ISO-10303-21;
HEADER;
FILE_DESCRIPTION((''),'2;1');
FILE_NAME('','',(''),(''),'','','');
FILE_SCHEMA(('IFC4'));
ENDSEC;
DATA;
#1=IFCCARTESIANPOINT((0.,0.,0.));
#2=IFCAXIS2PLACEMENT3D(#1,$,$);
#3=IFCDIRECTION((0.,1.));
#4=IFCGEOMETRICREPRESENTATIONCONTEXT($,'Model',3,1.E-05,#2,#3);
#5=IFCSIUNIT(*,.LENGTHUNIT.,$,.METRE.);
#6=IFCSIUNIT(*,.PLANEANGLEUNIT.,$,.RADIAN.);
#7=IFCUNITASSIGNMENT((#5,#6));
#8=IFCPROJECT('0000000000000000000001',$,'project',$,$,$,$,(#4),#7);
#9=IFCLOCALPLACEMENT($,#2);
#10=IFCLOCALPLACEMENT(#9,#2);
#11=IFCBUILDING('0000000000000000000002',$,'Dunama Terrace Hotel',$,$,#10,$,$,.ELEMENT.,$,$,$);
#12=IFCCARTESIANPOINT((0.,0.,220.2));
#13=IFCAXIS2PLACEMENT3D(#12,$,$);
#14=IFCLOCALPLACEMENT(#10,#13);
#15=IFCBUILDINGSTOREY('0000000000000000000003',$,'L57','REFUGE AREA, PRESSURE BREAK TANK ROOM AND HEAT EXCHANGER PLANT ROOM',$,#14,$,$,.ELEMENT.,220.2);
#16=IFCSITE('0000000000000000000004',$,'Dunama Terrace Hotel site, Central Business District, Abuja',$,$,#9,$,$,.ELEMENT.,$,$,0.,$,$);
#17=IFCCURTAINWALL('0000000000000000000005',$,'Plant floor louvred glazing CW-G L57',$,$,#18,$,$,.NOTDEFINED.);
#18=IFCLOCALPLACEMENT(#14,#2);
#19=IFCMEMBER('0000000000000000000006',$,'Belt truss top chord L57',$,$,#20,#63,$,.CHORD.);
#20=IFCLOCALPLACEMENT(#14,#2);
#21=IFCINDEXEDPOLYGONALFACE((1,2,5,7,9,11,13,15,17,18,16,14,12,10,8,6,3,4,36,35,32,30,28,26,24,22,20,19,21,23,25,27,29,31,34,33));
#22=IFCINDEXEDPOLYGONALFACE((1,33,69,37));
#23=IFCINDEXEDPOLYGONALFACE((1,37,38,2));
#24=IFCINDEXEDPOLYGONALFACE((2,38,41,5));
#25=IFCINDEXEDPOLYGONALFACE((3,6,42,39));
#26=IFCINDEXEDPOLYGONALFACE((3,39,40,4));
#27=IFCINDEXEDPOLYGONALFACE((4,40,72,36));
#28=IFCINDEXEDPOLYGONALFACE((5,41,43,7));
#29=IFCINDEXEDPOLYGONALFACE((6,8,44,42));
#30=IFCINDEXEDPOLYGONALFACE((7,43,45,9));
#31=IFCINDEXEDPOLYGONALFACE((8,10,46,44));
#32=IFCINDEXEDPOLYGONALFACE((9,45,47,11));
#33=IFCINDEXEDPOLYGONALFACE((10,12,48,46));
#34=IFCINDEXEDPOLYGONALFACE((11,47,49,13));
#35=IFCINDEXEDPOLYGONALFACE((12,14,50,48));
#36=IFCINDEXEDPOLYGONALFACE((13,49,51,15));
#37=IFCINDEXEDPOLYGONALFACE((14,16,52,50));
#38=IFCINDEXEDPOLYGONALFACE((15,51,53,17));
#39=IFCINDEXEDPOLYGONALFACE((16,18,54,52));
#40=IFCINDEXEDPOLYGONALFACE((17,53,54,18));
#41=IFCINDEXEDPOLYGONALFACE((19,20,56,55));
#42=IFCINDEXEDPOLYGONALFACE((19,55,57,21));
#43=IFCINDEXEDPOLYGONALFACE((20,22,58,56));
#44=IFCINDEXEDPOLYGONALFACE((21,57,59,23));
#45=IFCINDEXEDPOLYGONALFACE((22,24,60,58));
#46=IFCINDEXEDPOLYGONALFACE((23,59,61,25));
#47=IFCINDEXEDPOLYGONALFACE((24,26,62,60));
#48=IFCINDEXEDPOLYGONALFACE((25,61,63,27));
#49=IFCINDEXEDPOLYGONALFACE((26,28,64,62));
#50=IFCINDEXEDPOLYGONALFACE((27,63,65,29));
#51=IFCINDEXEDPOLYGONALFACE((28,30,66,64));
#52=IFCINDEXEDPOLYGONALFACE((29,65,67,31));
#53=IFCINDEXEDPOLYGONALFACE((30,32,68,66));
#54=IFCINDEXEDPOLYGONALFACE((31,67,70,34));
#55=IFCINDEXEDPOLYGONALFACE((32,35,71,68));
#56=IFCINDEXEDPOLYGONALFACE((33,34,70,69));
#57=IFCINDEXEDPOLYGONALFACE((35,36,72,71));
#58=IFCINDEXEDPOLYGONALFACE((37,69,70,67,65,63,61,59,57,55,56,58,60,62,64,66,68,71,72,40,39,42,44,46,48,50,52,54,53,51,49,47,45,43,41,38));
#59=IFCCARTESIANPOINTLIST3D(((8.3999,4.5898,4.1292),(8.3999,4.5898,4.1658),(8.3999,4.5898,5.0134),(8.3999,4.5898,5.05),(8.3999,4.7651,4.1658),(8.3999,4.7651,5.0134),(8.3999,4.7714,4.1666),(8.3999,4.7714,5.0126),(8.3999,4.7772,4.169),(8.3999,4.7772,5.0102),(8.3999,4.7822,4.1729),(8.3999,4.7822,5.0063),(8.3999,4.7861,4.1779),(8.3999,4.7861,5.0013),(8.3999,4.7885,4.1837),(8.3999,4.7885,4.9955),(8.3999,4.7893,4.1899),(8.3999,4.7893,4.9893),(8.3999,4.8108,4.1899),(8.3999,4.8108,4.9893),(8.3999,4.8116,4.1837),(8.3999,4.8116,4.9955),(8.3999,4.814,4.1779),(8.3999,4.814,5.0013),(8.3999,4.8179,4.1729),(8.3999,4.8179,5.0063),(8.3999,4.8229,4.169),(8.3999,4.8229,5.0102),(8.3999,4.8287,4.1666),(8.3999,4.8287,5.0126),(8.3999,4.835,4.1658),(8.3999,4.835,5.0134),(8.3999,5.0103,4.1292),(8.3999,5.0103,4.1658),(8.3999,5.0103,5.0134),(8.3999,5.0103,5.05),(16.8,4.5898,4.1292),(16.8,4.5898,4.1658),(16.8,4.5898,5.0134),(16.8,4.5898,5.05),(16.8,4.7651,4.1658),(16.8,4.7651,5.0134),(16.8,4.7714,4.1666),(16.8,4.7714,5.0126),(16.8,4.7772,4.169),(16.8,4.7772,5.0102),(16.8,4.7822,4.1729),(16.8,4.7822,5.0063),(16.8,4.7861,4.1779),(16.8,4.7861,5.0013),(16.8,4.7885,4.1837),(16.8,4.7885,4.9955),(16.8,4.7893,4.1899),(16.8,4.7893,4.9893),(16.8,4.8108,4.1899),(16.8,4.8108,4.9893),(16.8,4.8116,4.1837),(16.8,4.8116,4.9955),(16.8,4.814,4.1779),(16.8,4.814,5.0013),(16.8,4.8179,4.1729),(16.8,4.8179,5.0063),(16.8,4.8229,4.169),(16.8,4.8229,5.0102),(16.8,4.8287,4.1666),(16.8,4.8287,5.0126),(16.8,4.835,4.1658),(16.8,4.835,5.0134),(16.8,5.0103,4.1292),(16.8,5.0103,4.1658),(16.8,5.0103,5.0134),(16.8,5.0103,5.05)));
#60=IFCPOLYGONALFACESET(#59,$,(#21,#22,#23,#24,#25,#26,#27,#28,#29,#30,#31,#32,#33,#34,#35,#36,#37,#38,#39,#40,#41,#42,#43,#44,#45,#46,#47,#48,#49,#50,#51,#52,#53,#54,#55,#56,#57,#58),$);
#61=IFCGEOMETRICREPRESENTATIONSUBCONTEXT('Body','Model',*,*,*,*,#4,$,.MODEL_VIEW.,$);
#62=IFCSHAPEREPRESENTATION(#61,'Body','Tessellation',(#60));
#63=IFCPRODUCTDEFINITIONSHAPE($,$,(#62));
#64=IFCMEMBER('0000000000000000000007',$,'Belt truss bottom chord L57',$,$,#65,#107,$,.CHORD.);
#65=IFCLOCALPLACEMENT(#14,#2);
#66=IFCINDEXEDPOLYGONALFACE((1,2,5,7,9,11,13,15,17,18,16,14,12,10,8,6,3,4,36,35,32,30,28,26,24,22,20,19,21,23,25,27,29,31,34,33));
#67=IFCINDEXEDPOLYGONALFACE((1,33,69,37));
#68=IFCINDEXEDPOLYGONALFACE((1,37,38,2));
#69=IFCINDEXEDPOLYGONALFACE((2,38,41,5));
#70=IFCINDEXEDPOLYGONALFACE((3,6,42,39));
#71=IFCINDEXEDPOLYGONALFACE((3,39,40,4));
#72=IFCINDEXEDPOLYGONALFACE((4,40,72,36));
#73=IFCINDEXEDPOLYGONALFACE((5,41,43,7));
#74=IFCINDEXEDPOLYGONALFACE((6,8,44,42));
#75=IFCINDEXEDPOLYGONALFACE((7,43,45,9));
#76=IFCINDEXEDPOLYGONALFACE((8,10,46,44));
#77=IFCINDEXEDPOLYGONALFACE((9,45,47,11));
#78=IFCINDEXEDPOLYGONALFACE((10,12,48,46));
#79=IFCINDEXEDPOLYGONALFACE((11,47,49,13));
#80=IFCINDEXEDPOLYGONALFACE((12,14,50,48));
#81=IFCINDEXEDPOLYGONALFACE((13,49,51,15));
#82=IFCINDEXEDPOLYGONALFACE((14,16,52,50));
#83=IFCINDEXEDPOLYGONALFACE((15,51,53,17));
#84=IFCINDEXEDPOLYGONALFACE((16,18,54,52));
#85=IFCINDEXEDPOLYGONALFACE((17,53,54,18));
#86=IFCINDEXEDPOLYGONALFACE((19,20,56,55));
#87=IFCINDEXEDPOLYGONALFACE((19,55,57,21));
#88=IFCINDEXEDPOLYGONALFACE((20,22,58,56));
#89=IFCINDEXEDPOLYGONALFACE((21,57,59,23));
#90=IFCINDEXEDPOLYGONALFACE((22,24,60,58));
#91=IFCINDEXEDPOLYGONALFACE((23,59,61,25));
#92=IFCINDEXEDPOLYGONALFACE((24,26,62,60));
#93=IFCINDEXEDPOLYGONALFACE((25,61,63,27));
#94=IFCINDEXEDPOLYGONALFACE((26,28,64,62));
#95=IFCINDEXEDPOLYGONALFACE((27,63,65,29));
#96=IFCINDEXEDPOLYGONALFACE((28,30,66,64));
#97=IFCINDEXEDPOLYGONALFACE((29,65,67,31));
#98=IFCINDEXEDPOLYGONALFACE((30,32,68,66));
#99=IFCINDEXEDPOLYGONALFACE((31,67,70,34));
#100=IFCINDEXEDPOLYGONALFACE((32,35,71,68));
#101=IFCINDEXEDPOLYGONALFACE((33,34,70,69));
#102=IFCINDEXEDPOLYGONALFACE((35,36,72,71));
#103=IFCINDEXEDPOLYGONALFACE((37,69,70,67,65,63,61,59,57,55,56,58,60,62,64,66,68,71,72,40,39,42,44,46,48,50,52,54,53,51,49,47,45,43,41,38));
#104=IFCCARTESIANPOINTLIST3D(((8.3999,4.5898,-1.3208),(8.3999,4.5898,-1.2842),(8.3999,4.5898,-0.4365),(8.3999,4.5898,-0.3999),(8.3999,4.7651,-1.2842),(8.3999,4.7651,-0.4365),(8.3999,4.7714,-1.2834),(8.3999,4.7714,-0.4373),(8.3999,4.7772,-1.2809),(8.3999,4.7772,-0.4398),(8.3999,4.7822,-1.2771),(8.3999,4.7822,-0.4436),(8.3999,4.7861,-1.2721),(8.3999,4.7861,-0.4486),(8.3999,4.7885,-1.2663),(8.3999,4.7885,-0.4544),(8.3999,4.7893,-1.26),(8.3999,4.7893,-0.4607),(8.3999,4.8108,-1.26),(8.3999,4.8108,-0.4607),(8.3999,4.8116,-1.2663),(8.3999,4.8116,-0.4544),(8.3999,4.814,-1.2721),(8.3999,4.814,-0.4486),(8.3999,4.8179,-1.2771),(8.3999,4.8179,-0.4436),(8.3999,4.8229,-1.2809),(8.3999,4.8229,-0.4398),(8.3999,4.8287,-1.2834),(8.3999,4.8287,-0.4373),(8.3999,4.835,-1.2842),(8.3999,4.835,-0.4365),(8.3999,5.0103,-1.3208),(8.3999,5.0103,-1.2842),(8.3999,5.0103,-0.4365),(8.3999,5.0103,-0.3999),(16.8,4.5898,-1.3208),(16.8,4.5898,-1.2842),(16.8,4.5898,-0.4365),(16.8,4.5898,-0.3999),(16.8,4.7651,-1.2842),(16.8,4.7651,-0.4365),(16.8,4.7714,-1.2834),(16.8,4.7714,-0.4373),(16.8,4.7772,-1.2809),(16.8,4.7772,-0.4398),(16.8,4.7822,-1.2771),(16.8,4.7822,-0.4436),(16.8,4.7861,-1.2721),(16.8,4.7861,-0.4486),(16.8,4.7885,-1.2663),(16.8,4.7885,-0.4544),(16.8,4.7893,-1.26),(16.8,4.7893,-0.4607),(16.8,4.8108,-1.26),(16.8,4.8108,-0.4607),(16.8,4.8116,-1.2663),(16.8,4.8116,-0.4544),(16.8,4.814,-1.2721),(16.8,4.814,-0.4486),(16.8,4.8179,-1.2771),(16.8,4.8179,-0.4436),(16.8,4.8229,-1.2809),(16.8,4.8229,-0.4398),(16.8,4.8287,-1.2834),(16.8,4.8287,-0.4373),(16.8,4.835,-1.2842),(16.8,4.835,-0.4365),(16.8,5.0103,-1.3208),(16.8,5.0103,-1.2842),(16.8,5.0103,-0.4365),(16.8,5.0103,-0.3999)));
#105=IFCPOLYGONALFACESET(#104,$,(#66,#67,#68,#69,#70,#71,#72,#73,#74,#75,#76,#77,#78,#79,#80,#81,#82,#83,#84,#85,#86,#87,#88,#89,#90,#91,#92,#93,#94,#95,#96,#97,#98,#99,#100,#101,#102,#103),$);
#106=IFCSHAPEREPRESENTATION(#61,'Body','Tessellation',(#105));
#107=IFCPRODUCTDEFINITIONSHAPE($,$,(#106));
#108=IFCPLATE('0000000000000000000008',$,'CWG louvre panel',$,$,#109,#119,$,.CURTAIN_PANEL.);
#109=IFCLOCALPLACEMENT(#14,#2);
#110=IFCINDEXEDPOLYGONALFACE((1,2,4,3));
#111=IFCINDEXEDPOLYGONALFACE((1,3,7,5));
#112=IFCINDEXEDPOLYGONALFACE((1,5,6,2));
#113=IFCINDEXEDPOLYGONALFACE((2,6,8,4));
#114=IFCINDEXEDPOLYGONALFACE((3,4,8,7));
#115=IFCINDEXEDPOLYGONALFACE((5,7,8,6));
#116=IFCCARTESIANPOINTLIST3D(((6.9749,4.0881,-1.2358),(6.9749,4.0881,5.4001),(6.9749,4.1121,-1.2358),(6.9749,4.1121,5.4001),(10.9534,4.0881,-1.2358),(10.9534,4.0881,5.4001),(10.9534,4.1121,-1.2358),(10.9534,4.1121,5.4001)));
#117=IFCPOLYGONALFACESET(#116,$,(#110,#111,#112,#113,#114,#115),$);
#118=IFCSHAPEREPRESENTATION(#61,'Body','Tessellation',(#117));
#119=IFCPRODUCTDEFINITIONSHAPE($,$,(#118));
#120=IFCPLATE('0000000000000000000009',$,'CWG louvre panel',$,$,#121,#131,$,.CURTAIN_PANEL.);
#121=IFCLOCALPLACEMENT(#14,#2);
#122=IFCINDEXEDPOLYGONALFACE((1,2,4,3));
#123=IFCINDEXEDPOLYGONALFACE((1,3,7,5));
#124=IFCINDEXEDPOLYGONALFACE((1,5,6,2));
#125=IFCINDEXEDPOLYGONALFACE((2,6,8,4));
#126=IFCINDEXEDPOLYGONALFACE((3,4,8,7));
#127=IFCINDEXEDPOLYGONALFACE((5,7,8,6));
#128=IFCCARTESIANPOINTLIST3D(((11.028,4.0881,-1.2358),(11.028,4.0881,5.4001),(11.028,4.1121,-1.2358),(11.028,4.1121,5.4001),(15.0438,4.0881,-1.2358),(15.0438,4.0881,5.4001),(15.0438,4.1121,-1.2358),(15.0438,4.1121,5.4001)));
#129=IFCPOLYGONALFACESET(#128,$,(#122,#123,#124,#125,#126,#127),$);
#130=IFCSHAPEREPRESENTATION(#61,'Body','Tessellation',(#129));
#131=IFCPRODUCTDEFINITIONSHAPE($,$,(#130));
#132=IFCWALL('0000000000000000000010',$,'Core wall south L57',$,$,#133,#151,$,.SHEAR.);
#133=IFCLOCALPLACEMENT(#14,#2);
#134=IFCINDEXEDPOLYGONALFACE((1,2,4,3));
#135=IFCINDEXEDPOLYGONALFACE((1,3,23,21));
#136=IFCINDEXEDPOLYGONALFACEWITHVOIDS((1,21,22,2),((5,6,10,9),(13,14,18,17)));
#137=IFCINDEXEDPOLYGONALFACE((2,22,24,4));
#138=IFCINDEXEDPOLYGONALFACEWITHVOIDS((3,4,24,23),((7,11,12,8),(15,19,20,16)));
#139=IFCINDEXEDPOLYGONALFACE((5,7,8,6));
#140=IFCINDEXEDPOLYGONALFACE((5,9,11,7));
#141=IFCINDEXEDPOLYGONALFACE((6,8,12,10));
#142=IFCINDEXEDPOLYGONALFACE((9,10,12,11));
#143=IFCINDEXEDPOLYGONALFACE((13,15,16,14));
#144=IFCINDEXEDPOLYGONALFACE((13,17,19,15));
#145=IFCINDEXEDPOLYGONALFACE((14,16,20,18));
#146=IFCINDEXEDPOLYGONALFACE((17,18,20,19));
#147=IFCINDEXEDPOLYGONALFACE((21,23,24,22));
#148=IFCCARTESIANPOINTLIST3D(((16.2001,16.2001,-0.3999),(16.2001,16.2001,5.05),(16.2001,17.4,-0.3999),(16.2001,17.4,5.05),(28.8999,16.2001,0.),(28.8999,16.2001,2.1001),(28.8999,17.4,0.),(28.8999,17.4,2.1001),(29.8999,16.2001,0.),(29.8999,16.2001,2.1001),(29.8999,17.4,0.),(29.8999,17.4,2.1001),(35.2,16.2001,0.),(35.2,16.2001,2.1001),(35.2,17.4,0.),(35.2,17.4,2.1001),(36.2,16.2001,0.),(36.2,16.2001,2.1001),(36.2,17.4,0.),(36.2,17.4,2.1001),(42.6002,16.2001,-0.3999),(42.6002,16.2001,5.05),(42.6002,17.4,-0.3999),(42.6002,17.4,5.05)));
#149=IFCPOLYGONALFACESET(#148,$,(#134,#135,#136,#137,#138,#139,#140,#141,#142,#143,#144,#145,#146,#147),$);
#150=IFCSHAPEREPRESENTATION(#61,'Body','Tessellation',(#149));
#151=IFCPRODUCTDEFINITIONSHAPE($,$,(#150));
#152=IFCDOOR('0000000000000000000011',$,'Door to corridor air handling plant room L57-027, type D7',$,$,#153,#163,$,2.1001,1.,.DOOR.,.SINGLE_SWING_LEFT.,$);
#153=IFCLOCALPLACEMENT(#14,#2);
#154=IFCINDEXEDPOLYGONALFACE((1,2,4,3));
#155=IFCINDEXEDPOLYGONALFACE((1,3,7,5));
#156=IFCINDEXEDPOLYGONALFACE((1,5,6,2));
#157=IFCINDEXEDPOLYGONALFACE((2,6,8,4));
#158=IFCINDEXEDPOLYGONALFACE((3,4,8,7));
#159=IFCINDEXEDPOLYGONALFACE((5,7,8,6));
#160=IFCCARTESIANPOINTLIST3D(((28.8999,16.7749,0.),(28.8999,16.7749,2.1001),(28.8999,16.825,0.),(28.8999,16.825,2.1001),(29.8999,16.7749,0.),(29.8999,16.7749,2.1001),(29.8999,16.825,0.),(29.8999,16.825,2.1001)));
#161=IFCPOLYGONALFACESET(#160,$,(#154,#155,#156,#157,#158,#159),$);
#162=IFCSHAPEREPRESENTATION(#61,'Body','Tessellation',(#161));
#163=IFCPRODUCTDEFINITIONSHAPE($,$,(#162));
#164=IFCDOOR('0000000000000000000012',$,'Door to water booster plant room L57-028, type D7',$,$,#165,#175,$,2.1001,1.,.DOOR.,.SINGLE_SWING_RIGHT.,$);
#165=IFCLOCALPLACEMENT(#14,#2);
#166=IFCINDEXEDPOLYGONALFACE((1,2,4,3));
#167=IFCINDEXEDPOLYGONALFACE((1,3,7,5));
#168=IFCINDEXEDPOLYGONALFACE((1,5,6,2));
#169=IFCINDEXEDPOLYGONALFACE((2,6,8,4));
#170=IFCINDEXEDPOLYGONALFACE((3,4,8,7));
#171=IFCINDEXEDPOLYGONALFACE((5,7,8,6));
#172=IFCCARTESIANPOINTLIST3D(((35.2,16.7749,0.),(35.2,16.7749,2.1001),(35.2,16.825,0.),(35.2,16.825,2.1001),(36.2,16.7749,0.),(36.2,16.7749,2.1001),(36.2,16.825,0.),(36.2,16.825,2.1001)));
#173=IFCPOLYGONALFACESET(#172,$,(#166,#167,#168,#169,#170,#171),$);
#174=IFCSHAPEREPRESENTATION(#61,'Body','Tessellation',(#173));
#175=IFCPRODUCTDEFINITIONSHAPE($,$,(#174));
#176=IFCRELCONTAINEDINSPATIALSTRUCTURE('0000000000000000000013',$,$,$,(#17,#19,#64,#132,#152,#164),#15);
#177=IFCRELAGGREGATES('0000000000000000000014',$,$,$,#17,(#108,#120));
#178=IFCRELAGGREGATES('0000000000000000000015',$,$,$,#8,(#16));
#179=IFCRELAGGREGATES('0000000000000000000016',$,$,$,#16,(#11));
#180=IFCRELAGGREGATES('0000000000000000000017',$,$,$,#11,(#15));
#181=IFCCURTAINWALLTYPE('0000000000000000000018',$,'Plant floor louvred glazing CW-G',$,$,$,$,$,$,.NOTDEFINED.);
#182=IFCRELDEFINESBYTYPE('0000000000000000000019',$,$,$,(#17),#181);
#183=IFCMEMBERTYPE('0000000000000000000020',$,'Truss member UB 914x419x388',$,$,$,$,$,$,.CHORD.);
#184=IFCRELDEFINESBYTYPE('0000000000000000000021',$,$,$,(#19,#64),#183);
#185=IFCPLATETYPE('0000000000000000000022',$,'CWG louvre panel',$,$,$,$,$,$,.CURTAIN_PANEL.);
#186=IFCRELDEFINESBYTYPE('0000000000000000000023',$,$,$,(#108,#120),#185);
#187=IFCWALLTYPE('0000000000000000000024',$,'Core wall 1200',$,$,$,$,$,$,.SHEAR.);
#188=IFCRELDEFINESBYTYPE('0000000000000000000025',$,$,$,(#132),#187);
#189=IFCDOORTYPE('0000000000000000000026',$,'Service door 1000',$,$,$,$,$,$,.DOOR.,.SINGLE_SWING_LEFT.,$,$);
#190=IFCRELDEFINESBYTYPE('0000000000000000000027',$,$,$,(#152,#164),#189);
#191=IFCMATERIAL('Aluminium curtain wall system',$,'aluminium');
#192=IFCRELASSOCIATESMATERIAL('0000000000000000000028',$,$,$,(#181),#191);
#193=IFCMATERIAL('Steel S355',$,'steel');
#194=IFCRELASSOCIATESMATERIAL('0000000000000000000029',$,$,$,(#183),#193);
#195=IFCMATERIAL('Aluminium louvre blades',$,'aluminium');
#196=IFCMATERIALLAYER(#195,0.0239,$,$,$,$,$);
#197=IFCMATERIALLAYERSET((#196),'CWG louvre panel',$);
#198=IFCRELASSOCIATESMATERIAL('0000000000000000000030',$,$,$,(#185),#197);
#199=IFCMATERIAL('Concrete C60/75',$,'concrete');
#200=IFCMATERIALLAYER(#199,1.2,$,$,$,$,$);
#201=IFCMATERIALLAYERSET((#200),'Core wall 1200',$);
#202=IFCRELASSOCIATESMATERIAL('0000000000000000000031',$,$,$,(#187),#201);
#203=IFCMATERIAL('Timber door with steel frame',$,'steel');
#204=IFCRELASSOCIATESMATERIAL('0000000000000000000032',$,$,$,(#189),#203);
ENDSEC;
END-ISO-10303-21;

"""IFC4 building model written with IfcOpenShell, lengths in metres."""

from ifc_helpers import new_model, si_unit, direction, frame, frame_2d, origin, origin_2d, place, context, subcontext, project, spatial, rectangle, i_section, extrude, material, layer, layer_set, material_profile, profile_set, type_object, element, fill, aggregate, save


model = new_model("IFC4")

# Units and contexts
model_context = context("Model", 3, precision=1e-05, world=origin(), true_north=direction((0.0, 1.0)))
body_context = subcontext(model_context, "Body", "Model", "MODEL_VIEW")
ifc_project = project(units=[si_unit("LENGTHUNIT", "METRE"), si_unit("PLANEANGLEUNIT", "RADIAN")], contexts=[model_context])

# Site, building, storey
site_placement = place(None, origin())
site = spatial("IfcSite", under=ifc_project, at=site_placement, Name="Dunama Terrace Hotel site, Central Business District, Abuja", CompositionType="ELEMENT", RefElevation=0.0)
building_placement = place(site_placement, origin())
building = spatial("IfcBuilding", under=site, at=building_placement, Name="Dunama Terrace Hotel", CompositionType="ELEMENT")
storey_placement = place(building_placement, frame((0.0, 0.0, 220.2)))
storey = spatial("IfcBuildingStorey", under=building, at=storey_placement, Name="L57", Description="REFUGE AREA, PRESSURE BREAK TANK ROOM AND HEAT EXCHANGER PLANT ROOM", CompositionType="ELEMENT", Elevation=220.2)

# Curtain wall
ifc_material_1 = material(Name="Aluminium curtain wall system", Category="aluminium")
curtain_wall_type = type_object("IfcCurtainWallType", Name="Plant floor louvred glazing CW-G", PredefinedType="NOTDEFINED", material=ifc_material_1)
curtain_wall_placement = place(storey_placement, origin())
curtain_wall = element("IfcCurtainWall", 1, at=curtain_wall_placement, inside=storey, type_object=curtain_wall_type, Name="Plant floor louvred glazing CW-G L57", PredefinedType="NOTDEFINED")

# Members
ifc_material_2 = material(Name="Steel S355", Category="steel")
ifc_material_profile_1 = material_profile(ifc_material_2, i_section(OverallWidth=0.4204, OverallDepth=0.9209, WebThickness=0.0215, FlangeThickness=0.0366, FilletRadius=0.0242, at=origin_2d()), Name="UB 914x419x388")
ifc_profile_set_1 = profile_set([ifc_material_profile_1], Name="Steel S355")
member_type_1 = type_object("IfcMemberType", Name="Truss member UB 914x419x388", PredefinedType="CHORD", material=ifc_profile_set_1)
for number, where, z_axis, x_axis, name in (
    (2, (8.3999, 4.8, 4.5896), (1.0, 0.0, 0.0), (0.0, 1.0, 0.0), "Belt truss top chord L57"),
    (3, (8.3999, 4.8, -0.8604), (1.0, 0.0, 0.0), (0.0, 1.0, 0.0), "Belt truss bottom chord L57"),
):
    element("IfcMember", number, at=place(storey_placement, frame(where, z_axis=z_axis, x_axis=x_axis)), inside=storey, type_object=member_type_1, Name=name, PredefinedType="CHORD", context=body_context, shape_type="SweptSolid", body=[
        extrude(i_section(OverallWidth=0.4204, OverallDepth=0.9209, WebThickness=0.0215, FlangeThickness=0.0366, FilletRadius=0.0242, at=origin_2d()), origin(), (0.0, 0.0, 1.0), 8.4001),
    ])

# Plates
ifc_material_3 = material(Name="Aluminium louvre blades", Category="aluminium")
ifc_layer_1 = layer(ifc_material_3, 0.0239)
ifc_layer_set_1 = layer_set([ifc_layer_1], Name="CWG louvre panel")
plate_type = type_object("IfcPlateType", Name="CWG louvre panel", PredefinedType="CURTAIN_PANEL", material=ifc_layer_set_1)
plate_1_placement = place(storey_placement, frame((8.9641, 4.1001, -1.2358), z_axis=(0.0, 0.0, 1.0), x_axis=(1.0, 0.0, 0.0)))
plate_1 = element("IfcPlate", 4, at=plate_1_placement, type_object=plate_type, Name="CWG louvre panel", PredefinedType="CURTAIN_PANEL", context=body_context, shape_type="SweptSolid", body=[
    extrude(rectangle(XDim=3.9785, YDim=0.0239, at=origin_2d()), origin(), (0.0, 0.0, 1.0), 6.636),
])
plate_2_placement = place(storey_placement, frame((13.0359, 4.1001, -1.2358), z_axis=(0.0, 0.0, 1.0), x_axis=(1.0, 0.0, 0.0)))
plate_2 = element("IfcPlate", 5, at=plate_2_placement, type_object=plate_type, Name="CWG louvre panel", PredefinedType="CURTAIN_PANEL", context=body_context, shape_type="SweptSolid", body=[
    extrude(rectangle(XDim=4.0159, YDim=0.0239, at=origin_2d()), origin(), (0.0, 0.0, 1.0), 6.636),
])
aggregate(curtain_wall, [plate_1, plate_2])

# Wall, openings, doors
ifc_material_4 = material(Name="Concrete C60/75", Category="concrete")
ifc_layer_2 = layer(ifc_material_4, 1.2)
ifc_layer_set_2 = layer_set([ifc_layer_2], Name="Core wall 1200")
wall_type_1 = type_object("IfcWallType", Name="Core wall 1200", PredefinedType="SHEAR", material=ifc_layer_set_2)
wall_1_placement = place(storey_placement, frame((16.2, 16.8, -0.3999), z_axis=(0.0, 0.0, 1.0), x_axis=(1.0, 0.0, 0.0)))
wall_1 = element("IfcWall", 6, at=wall_1_placement, inside=storey, type_object=wall_type_1, Name="Core wall south L57", PredefinedType="SHEAR", context=body_context, shape_type="SweptSolid", body=[
    extrude(rectangle(XDim=26.4001, YDim=1.2, at=frame_2d((13.2002, 0.0))), origin(), (0.0, 0.0, 1.0), 5.45),
])
opening_1_placement = place(wall_1_placement, frame((12.7, 0.0, 0.3999)))
opening_1 = element("IfcOpeningElement", 7, at=opening_1_placement, cuts=wall_1, PredefinedType="OPENING", context=body_context, shape_type="SweptSolid", body=[
    extrude(rectangle(XDim=1.0, YDim=2.1001, at=frame_2d((0.5, 1.05))), frame((0.0, 0.6099, 0.0), z_axis=(0.0, -1.0, 0.0), x_axis=(1.0, 0.0, 0.0)), (0.0, 0.0, 1.0), 1.22),
])
opening_2_placement = place(wall_1_placement, frame((19.0, 0.0, 0.3999)))
opening_2 = element("IfcOpeningElement", 8, at=opening_2_placement, cuts=wall_1, PredefinedType="OPENING", context=body_context, shape_type="SweptSolid", body=[
    extrude(rectangle(XDim=1.0, YDim=2.1001, at=frame_2d((0.5, 1.05))), frame((0.0, 0.6099, 0.0), z_axis=(0.0, -1.0, 0.0), x_axis=(1.0, 0.0, 0.0)), (0.0, 0.0, 1.0), 1.22),
])
ifc_material_5 = material(Name="Timber door with steel frame", Category="steel")
door_type_1 = type_object("IfcDoorType", Name="Service door 1000", OperationType="SINGLE_SWING_LEFT", PredefinedType="DOOR", material=ifc_material_5)
door_1_placement = place(opening_1_placement, origin())
door_1 = element("IfcDoor", 9, at=door_1_placement, inside=storey, type_object=door_type_1, Name="Door to corridor air handling plant room L57-027, type D7", OperationType="SINGLE_SWING_LEFT", OverallHeight=2.1001, OverallWidth=1.0, PredefinedType="DOOR", context=body_context, shape_type="SweptSolid", body=[
    extrude(rectangle(XDim=1.0, YDim=2.1001, at=frame_2d((0.5, 1.05))), frame((0.0, 0.0249, 0.0), z_axis=(0.0, -1.0, 0.0), x_axis=(1.0, 0.0, 0.0)), (0.0, 0.0, 1.0), 0.05),
])
fill(opening_1, door_1)
door_2_placement = place(opening_2_placement, origin())
door_2 = element("IfcDoor", 10, at=door_2_placement, inside=storey, type_object=door_type_1, Name="Door to water booster plant room L57-028, type D7", OperationType="SINGLE_SWING_RIGHT", OverallHeight=2.1001, OverallWidth=1.0, PredefinedType="DOOR", context=body_context, shape_type="SweptSolid", body=[
    extrude(rectangle(XDim=1.0, YDim=2.1001, at=frame_2d((0.5, 1.05))), frame((0.0, 0.0249, 0.0), z_axis=(0.0, -1.0, 0.0), x_axis=(1.0, 0.0, 0.0)), (0.0, 0.0, 1.0), 0.05),
])
fill(opening_2, door_2)

save(model, "model.ifc")
